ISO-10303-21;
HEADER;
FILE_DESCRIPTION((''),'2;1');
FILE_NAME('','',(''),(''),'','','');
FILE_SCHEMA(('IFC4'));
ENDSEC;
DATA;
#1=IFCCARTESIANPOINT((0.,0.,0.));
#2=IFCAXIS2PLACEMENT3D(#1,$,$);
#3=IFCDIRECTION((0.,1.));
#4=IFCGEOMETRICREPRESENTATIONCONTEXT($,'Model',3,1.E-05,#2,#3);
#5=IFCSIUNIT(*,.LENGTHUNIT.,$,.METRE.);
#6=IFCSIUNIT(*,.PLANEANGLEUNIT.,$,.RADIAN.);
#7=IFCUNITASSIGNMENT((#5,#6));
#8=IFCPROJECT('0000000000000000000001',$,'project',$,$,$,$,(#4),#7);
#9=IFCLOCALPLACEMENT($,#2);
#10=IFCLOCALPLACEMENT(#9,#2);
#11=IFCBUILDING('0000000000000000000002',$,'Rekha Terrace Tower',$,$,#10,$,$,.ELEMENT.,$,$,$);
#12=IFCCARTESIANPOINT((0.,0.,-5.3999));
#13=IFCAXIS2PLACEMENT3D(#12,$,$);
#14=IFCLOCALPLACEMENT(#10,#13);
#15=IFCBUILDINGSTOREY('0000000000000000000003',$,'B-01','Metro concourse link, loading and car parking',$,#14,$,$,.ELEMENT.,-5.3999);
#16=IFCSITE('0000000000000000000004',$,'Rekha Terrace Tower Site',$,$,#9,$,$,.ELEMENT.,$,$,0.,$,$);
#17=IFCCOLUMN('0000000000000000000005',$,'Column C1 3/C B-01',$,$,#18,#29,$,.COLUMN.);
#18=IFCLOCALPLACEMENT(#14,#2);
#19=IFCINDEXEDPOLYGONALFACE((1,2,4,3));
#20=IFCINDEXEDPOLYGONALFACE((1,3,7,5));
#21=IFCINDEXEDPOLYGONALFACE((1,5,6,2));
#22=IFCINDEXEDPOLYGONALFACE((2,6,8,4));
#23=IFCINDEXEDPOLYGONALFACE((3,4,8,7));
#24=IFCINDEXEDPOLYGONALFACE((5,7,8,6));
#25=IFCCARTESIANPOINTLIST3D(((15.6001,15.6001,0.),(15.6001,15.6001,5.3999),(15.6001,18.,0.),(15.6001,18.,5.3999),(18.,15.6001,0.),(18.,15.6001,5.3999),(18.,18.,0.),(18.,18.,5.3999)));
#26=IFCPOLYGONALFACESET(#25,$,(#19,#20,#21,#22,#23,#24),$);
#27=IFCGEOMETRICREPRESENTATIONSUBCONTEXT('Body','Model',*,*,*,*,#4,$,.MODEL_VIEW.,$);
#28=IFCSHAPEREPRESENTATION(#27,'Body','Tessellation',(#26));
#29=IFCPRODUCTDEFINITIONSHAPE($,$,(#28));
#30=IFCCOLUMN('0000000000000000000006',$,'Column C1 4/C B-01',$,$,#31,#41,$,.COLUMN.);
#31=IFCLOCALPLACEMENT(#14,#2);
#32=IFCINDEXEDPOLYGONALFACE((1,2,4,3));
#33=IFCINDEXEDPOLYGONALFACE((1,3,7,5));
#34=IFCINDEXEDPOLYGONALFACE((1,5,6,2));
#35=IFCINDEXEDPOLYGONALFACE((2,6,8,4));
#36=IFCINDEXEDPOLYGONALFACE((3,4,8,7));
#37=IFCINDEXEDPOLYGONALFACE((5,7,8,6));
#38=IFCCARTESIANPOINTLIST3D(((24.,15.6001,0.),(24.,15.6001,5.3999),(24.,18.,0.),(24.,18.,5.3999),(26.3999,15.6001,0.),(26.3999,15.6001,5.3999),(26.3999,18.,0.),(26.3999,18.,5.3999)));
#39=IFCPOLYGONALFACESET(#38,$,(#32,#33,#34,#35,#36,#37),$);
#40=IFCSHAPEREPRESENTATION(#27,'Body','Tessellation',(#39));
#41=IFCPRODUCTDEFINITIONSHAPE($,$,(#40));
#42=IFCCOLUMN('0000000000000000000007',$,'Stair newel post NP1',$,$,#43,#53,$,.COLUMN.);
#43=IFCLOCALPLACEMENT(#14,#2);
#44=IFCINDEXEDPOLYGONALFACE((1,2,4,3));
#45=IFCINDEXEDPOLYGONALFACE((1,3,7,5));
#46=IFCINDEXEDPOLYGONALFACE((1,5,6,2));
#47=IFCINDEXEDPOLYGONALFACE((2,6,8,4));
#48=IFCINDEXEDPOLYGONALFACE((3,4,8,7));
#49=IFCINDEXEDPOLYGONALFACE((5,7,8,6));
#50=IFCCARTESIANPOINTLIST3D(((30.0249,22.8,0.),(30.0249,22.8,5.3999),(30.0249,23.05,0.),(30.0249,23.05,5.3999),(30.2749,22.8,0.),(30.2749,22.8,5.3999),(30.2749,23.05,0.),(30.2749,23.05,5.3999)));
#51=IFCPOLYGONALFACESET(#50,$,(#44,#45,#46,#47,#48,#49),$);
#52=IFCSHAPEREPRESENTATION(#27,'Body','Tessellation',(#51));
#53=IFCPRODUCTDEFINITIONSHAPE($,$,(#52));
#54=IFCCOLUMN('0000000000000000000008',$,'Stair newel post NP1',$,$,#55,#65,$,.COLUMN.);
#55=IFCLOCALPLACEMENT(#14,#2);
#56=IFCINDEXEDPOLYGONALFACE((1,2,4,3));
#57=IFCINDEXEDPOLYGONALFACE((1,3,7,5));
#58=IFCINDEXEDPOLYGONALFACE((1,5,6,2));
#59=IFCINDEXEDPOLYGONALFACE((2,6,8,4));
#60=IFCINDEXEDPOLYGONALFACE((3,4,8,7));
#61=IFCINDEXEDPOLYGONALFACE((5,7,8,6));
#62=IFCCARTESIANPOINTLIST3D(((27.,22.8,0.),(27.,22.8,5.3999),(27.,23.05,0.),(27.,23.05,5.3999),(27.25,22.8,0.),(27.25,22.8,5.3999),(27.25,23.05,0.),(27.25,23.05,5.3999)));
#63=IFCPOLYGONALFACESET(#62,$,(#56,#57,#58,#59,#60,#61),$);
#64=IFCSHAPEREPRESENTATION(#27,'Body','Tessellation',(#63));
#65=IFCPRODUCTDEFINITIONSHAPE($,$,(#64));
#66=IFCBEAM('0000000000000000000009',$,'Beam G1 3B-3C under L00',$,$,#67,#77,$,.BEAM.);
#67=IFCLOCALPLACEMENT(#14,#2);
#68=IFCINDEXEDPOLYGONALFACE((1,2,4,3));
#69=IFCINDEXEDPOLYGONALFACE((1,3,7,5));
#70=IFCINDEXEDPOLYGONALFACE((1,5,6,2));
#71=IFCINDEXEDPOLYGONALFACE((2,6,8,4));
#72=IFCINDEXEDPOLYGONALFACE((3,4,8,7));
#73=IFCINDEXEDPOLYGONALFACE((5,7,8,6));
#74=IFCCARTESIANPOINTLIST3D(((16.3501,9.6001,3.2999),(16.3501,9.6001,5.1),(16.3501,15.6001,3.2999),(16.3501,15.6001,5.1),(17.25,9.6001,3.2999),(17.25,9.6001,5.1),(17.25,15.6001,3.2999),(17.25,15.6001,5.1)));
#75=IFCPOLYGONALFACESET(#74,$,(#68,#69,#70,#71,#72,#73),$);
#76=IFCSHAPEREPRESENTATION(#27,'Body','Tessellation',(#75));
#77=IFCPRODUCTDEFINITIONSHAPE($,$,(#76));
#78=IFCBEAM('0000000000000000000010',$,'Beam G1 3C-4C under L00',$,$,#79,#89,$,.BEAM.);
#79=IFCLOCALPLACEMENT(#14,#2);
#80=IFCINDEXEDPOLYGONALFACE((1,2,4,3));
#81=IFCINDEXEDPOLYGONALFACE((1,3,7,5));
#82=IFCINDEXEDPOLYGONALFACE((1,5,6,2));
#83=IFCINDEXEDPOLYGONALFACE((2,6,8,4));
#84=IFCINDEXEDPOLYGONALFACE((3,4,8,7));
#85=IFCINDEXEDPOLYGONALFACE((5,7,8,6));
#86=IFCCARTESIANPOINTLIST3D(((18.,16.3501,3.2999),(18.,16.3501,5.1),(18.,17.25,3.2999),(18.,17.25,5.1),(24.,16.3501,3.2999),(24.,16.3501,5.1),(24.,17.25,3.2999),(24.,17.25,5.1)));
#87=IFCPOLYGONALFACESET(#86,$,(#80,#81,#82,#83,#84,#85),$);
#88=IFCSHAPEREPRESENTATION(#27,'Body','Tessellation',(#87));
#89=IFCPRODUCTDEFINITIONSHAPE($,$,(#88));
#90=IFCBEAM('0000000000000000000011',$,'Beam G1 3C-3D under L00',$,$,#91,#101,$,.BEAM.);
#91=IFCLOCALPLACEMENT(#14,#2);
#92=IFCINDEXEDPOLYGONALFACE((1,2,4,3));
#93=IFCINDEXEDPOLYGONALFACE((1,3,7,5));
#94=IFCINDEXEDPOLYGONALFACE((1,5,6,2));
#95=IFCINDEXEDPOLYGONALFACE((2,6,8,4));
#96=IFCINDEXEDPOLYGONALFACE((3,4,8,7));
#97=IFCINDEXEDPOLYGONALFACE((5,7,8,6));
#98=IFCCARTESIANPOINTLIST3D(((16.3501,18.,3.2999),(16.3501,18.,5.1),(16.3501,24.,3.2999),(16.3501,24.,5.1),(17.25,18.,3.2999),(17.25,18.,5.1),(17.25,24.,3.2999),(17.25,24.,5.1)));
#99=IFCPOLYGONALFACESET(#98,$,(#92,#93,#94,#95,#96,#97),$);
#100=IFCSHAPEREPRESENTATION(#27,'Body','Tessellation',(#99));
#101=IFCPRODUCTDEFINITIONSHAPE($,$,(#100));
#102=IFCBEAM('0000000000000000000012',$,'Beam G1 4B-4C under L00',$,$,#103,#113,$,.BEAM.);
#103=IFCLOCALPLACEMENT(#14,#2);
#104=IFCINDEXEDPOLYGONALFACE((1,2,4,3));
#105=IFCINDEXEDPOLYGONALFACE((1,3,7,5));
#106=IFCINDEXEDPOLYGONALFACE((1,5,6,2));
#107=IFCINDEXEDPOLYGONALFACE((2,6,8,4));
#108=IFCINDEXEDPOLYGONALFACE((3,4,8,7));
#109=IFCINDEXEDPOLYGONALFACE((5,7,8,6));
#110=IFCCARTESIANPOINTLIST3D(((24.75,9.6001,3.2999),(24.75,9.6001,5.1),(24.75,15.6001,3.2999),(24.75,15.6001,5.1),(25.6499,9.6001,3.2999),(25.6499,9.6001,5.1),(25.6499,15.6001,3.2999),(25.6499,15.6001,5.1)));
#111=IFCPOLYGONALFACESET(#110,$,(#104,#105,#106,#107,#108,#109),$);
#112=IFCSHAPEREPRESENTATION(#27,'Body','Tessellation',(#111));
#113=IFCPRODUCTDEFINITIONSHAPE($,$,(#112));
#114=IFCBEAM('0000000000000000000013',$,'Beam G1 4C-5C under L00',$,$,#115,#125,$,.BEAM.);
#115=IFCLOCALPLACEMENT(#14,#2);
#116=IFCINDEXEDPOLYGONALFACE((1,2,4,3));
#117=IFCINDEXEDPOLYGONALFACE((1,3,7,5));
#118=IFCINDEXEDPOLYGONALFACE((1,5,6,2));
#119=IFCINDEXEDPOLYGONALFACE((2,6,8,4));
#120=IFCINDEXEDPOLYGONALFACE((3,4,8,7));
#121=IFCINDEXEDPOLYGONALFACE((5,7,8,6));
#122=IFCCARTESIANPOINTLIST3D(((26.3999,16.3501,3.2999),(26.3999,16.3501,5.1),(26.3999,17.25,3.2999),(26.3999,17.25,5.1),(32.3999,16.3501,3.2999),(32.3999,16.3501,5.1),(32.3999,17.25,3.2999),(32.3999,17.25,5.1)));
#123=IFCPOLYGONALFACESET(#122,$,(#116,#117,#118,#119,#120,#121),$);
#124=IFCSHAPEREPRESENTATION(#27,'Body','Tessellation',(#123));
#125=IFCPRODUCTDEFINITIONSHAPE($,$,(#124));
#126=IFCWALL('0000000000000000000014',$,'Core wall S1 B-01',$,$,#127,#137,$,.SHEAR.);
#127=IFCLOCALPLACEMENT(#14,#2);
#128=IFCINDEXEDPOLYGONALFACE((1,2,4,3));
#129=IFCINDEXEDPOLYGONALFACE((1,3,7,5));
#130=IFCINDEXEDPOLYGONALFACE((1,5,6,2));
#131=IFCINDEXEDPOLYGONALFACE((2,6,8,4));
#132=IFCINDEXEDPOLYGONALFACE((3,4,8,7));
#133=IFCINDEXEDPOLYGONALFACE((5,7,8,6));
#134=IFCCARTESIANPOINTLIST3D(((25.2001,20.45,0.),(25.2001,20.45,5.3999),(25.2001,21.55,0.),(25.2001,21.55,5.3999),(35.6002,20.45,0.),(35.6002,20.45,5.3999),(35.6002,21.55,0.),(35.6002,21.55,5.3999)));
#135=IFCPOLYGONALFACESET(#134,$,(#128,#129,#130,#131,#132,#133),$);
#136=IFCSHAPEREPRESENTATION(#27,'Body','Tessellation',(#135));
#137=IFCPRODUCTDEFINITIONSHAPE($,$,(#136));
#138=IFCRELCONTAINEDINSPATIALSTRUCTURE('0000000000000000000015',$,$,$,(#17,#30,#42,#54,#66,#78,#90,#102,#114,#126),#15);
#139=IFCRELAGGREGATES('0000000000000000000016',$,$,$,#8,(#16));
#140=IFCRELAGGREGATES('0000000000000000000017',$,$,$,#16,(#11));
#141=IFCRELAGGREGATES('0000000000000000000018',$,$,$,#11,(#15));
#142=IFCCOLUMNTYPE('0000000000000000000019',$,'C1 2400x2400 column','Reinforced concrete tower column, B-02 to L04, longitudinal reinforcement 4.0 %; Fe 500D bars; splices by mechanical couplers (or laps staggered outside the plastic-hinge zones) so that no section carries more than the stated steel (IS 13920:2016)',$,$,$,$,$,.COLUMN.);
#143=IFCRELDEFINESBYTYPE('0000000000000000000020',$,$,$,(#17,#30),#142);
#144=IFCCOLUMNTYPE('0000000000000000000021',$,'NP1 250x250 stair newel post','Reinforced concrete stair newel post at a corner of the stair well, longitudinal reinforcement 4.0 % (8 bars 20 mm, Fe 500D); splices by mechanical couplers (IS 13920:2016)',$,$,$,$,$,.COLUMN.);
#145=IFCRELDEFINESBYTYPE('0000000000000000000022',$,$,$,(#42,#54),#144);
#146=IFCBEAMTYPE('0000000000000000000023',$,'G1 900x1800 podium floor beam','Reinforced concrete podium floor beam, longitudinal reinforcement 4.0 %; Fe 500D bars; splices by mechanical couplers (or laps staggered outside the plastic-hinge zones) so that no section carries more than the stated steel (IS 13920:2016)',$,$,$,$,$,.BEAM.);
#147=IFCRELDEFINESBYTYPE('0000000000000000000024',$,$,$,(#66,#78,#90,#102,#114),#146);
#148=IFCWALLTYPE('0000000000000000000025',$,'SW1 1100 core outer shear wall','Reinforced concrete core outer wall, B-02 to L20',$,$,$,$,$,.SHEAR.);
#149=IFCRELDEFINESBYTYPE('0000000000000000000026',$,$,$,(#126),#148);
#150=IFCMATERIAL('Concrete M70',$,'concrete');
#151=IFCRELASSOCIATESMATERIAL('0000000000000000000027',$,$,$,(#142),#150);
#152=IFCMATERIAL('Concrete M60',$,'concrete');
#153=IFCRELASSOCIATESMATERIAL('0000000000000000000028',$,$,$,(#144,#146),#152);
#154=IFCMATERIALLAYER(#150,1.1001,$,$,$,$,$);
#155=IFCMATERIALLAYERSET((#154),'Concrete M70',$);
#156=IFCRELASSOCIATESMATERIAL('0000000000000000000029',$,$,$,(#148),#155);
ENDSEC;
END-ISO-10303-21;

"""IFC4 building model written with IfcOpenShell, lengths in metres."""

from ifc_helpers import new_model, si_unit, direction, frame, frame_2d, origin, origin_2d, place, context, subcontext, project, spatial, rectangle, extrude, material, layer, layer_set, material_profile, profile_set, type_object, element, save


model = new_model("IFC4")

# Units and contexts
model_context = context("Model", 3, precision=1e-05, world=origin(), true_north=direction((0.0, 1.0)))
body_context = subcontext(model_context, "Body", "Model", "MODEL_VIEW")
ifc_project = project(units=[si_unit("LENGTHUNIT", "METRE"), si_unit("PLANEANGLEUNIT", "RADIAN")], contexts=[model_context])

# Site, building, storey
site_placement = place(None, origin())
site = spatial("IfcSite", under=ifc_project, at=site_placement, Name="Rekha Terrace Tower Site", CompositionType="ELEMENT", RefElevation=0.0)
building_placement = place(site_placement, origin())
building = spatial("IfcBuilding", under=site, at=building_placement, Name="Rekha Terrace Tower", CompositionType="ELEMENT")
storey_placement = place(building_placement, frame((0.0, 0.0, -5.3999)))
storey = spatial("IfcBuildingStorey", under=building, at=storey_placement, Name="B-01", Description="Metro concourse link, loading and car parking", CompositionType="ELEMENT", Elevation=-5.3999)

# Columns
ifc_material_1 = material(Name="Concrete M70", Category="concrete")
ifc_material_profile_1 = material_profile(ifc_material_1, rectangle(XDim=2.3999, YDim=2.3999, at=origin_2d()), Name="RC 2400x2400")
ifc_profile_set_1 = profile_set([ifc_material_profile_1], Name="Concrete M70")
column_type_1 = type_object("IfcColumnType", Name="C1 2400x2400 column", Description="Reinforced concrete tower column, B-02 to L04, longitudinal reinforcement 4.0 %; Fe 500D bars; splices by mechanical couplers (or laps staggered outside the plastic-hinge zones) so that no section carries more than the stated steel (IS 13920:2016)", PredefinedType="COLUMN", material=ifc_profile_set_1)
for number, where, z_axis, x_axis, name in (
    (1, (16.8, 16.8, 0.0), (0.0, 0.0, 1.0), (1.0, 0.0, 0.0), "Column C1 3/C B-01"),
    (2, (25.2, 16.8, 0.0), (0.0, 0.0, 1.0), (1.0, 0.0, 0.0), "Column C1 4/C B-01"),
):
    element("IfcColumn", number, at=place(storey_placement, frame(where, z_axis=z_axis, x_axis=x_axis)), inside=storey, type_object=column_type_1, Name=name, PredefinedType="COLUMN", context=body_context, shape_type="SweptSolid", body=[
        extrude(rectangle(XDim=2.3999, YDim=2.3999, at=origin_2d()), origin(), (0.0, 0.0, 1.0), 5.3999),
    ])
ifc_material_2 = material(Name="Concrete M60", Category="concrete")
ifc_material_profile_2 = material_profile(ifc_material_2, rectangle(XDim=0.25, YDim=0.25, at=origin_2d()), Name="RC 250x250")
ifc_profile_set_2 = profile_set([ifc_material_profile_2], Name="Concrete M60")
column_type_2 = type_object("IfcColumnType", Name="NP1 250x250 stair newel post", Description="Reinforced concrete stair newel post at a corner of the stair well, longitudinal reinforcement 4.0 % (8 bars 20 mm, Fe 500D); splices by mechanical couplers (IS 13920:2016)", PredefinedType="COLUMN", material=ifc_profile_set_2)
for number, where, z_axis, x_axis, name in (
    (3, (30.1499, 22.925, 0.0), (0.0, 0.0, 1.0), (1.0, 0.0, 0.0), "Stair newel post NP1"),
    (4, (27.125, 22.925, 0.0), (0.0, 0.0, 1.0), (1.0, 0.0, 0.0), "Stair newel post NP1"),
):
    element("IfcColumn", number, at=place(storey_placement, frame(where, z_axis=z_axis, x_axis=x_axis)), inside=storey, type_object=column_type_2, Name=name, PredefinedType="COLUMN", context=body_context, shape_type="SweptSolid", body=[
        extrude(rectangle(XDim=0.25, YDim=0.25, at=origin_2d()), origin(), (0.0, 0.0, 1.0), 5.3999),
    ])

# Beams
ifc_material_profile_3 = material_profile(ifc_material_2, rectangle(XDim=0.8999, YDim=1.8, at=origin_2d()), Name="RC 900x1800")
ifc_profile_set_3 = profile_set([ifc_material_profile_3], Name="Concrete M60")
beam_type = type_object("IfcBeamType", Name="G1 900x1800 podium floor beam", Description="Reinforced concrete podium floor beam, longitudinal reinforcement 4.0 %; Fe 500D bars; splices by mechanical couplers (or laps staggered outside the plastic-hinge zones) so that no section carries more than the stated steel (IS 13920:2016)", PredefinedType="BEAM", material=ifc_profile_set_3)
for number, where, z_axis, x_axis, name in (
    (5, (16.8, 9.6001, 4.2), (0.0, 1.0, 0.0), (-1.0, 0.0, 0.0), "Beam G1 3B-3C under L00"),
    (6, (18.0, 16.8, 4.2), (1.0, 0.0, 0.0), (0.0, 1.0, 0.0), "Beam G1 3C-4C under L00"),
    (7, (16.8, 18.0, 4.2), (0.0, 1.0, 0.0), (-1.0, 0.0, 0.0), "Beam G1 3C-3D under L00"),
    (8, (25.2, 9.6001, 4.2), (0.0, 1.0, 0.0), (-1.0, 0.0, 0.0), "Beam G1 4B-4C under L00"),
    (9, (26.3999, 16.8, 4.2), (1.0, 0.0, 0.0), (0.0, 1.0, 0.0), "Beam G1 4C-5C under L00"),
):
    element("IfcBeam", number, at=place(storey_placement, frame(where, z_axis=z_axis, x_axis=x_axis)), inside=storey, type_object=beam_type, Name=name, PredefinedType="BEAM", context=body_context, shape_type="SweptSolid", body=[
        extrude(rectangle(XDim=0.8999, YDim=1.8, at=origin_2d()), origin(), (0.0, 0.0, 1.0), 6.0),
    ])

# Wall
ifc_layer_1 = layer(ifc_material_1, 1.1001)
ifc_layer_set_1 = layer_set([ifc_layer_1], Name="Concrete M70")
wall_type_1 = type_object("IfcWallType", Name="SW1 1100 core outer shear wall", Description="Reinforced concrete core outer wall, B-02 to L20", PredefinedType="SHEAR", material=ifc_layer_set_1)
wall_1_placement = place(storey_placement, frame((25.2, 21.0, 0.0), z_axis=(0.0, 0.0, 1.0), x_axis=(1.0, 0.0, 0.0)))
element("IfcWall", 10, at=wall_1_placement, inside=storey, type_object=wall_type_1, Name="Core wall S1 B-01", PredefinedType="SHEAR", context=body_context, shape_type="SweptSolid", body=[
    extrude(rectangle(XDim=10.4001, YDim=1.1001, at=frame_2d((5.2002, 0.0))), origin(), (0.0, 0.0, 1.0), 5.3999),
])

save(model, "model.ifc")
